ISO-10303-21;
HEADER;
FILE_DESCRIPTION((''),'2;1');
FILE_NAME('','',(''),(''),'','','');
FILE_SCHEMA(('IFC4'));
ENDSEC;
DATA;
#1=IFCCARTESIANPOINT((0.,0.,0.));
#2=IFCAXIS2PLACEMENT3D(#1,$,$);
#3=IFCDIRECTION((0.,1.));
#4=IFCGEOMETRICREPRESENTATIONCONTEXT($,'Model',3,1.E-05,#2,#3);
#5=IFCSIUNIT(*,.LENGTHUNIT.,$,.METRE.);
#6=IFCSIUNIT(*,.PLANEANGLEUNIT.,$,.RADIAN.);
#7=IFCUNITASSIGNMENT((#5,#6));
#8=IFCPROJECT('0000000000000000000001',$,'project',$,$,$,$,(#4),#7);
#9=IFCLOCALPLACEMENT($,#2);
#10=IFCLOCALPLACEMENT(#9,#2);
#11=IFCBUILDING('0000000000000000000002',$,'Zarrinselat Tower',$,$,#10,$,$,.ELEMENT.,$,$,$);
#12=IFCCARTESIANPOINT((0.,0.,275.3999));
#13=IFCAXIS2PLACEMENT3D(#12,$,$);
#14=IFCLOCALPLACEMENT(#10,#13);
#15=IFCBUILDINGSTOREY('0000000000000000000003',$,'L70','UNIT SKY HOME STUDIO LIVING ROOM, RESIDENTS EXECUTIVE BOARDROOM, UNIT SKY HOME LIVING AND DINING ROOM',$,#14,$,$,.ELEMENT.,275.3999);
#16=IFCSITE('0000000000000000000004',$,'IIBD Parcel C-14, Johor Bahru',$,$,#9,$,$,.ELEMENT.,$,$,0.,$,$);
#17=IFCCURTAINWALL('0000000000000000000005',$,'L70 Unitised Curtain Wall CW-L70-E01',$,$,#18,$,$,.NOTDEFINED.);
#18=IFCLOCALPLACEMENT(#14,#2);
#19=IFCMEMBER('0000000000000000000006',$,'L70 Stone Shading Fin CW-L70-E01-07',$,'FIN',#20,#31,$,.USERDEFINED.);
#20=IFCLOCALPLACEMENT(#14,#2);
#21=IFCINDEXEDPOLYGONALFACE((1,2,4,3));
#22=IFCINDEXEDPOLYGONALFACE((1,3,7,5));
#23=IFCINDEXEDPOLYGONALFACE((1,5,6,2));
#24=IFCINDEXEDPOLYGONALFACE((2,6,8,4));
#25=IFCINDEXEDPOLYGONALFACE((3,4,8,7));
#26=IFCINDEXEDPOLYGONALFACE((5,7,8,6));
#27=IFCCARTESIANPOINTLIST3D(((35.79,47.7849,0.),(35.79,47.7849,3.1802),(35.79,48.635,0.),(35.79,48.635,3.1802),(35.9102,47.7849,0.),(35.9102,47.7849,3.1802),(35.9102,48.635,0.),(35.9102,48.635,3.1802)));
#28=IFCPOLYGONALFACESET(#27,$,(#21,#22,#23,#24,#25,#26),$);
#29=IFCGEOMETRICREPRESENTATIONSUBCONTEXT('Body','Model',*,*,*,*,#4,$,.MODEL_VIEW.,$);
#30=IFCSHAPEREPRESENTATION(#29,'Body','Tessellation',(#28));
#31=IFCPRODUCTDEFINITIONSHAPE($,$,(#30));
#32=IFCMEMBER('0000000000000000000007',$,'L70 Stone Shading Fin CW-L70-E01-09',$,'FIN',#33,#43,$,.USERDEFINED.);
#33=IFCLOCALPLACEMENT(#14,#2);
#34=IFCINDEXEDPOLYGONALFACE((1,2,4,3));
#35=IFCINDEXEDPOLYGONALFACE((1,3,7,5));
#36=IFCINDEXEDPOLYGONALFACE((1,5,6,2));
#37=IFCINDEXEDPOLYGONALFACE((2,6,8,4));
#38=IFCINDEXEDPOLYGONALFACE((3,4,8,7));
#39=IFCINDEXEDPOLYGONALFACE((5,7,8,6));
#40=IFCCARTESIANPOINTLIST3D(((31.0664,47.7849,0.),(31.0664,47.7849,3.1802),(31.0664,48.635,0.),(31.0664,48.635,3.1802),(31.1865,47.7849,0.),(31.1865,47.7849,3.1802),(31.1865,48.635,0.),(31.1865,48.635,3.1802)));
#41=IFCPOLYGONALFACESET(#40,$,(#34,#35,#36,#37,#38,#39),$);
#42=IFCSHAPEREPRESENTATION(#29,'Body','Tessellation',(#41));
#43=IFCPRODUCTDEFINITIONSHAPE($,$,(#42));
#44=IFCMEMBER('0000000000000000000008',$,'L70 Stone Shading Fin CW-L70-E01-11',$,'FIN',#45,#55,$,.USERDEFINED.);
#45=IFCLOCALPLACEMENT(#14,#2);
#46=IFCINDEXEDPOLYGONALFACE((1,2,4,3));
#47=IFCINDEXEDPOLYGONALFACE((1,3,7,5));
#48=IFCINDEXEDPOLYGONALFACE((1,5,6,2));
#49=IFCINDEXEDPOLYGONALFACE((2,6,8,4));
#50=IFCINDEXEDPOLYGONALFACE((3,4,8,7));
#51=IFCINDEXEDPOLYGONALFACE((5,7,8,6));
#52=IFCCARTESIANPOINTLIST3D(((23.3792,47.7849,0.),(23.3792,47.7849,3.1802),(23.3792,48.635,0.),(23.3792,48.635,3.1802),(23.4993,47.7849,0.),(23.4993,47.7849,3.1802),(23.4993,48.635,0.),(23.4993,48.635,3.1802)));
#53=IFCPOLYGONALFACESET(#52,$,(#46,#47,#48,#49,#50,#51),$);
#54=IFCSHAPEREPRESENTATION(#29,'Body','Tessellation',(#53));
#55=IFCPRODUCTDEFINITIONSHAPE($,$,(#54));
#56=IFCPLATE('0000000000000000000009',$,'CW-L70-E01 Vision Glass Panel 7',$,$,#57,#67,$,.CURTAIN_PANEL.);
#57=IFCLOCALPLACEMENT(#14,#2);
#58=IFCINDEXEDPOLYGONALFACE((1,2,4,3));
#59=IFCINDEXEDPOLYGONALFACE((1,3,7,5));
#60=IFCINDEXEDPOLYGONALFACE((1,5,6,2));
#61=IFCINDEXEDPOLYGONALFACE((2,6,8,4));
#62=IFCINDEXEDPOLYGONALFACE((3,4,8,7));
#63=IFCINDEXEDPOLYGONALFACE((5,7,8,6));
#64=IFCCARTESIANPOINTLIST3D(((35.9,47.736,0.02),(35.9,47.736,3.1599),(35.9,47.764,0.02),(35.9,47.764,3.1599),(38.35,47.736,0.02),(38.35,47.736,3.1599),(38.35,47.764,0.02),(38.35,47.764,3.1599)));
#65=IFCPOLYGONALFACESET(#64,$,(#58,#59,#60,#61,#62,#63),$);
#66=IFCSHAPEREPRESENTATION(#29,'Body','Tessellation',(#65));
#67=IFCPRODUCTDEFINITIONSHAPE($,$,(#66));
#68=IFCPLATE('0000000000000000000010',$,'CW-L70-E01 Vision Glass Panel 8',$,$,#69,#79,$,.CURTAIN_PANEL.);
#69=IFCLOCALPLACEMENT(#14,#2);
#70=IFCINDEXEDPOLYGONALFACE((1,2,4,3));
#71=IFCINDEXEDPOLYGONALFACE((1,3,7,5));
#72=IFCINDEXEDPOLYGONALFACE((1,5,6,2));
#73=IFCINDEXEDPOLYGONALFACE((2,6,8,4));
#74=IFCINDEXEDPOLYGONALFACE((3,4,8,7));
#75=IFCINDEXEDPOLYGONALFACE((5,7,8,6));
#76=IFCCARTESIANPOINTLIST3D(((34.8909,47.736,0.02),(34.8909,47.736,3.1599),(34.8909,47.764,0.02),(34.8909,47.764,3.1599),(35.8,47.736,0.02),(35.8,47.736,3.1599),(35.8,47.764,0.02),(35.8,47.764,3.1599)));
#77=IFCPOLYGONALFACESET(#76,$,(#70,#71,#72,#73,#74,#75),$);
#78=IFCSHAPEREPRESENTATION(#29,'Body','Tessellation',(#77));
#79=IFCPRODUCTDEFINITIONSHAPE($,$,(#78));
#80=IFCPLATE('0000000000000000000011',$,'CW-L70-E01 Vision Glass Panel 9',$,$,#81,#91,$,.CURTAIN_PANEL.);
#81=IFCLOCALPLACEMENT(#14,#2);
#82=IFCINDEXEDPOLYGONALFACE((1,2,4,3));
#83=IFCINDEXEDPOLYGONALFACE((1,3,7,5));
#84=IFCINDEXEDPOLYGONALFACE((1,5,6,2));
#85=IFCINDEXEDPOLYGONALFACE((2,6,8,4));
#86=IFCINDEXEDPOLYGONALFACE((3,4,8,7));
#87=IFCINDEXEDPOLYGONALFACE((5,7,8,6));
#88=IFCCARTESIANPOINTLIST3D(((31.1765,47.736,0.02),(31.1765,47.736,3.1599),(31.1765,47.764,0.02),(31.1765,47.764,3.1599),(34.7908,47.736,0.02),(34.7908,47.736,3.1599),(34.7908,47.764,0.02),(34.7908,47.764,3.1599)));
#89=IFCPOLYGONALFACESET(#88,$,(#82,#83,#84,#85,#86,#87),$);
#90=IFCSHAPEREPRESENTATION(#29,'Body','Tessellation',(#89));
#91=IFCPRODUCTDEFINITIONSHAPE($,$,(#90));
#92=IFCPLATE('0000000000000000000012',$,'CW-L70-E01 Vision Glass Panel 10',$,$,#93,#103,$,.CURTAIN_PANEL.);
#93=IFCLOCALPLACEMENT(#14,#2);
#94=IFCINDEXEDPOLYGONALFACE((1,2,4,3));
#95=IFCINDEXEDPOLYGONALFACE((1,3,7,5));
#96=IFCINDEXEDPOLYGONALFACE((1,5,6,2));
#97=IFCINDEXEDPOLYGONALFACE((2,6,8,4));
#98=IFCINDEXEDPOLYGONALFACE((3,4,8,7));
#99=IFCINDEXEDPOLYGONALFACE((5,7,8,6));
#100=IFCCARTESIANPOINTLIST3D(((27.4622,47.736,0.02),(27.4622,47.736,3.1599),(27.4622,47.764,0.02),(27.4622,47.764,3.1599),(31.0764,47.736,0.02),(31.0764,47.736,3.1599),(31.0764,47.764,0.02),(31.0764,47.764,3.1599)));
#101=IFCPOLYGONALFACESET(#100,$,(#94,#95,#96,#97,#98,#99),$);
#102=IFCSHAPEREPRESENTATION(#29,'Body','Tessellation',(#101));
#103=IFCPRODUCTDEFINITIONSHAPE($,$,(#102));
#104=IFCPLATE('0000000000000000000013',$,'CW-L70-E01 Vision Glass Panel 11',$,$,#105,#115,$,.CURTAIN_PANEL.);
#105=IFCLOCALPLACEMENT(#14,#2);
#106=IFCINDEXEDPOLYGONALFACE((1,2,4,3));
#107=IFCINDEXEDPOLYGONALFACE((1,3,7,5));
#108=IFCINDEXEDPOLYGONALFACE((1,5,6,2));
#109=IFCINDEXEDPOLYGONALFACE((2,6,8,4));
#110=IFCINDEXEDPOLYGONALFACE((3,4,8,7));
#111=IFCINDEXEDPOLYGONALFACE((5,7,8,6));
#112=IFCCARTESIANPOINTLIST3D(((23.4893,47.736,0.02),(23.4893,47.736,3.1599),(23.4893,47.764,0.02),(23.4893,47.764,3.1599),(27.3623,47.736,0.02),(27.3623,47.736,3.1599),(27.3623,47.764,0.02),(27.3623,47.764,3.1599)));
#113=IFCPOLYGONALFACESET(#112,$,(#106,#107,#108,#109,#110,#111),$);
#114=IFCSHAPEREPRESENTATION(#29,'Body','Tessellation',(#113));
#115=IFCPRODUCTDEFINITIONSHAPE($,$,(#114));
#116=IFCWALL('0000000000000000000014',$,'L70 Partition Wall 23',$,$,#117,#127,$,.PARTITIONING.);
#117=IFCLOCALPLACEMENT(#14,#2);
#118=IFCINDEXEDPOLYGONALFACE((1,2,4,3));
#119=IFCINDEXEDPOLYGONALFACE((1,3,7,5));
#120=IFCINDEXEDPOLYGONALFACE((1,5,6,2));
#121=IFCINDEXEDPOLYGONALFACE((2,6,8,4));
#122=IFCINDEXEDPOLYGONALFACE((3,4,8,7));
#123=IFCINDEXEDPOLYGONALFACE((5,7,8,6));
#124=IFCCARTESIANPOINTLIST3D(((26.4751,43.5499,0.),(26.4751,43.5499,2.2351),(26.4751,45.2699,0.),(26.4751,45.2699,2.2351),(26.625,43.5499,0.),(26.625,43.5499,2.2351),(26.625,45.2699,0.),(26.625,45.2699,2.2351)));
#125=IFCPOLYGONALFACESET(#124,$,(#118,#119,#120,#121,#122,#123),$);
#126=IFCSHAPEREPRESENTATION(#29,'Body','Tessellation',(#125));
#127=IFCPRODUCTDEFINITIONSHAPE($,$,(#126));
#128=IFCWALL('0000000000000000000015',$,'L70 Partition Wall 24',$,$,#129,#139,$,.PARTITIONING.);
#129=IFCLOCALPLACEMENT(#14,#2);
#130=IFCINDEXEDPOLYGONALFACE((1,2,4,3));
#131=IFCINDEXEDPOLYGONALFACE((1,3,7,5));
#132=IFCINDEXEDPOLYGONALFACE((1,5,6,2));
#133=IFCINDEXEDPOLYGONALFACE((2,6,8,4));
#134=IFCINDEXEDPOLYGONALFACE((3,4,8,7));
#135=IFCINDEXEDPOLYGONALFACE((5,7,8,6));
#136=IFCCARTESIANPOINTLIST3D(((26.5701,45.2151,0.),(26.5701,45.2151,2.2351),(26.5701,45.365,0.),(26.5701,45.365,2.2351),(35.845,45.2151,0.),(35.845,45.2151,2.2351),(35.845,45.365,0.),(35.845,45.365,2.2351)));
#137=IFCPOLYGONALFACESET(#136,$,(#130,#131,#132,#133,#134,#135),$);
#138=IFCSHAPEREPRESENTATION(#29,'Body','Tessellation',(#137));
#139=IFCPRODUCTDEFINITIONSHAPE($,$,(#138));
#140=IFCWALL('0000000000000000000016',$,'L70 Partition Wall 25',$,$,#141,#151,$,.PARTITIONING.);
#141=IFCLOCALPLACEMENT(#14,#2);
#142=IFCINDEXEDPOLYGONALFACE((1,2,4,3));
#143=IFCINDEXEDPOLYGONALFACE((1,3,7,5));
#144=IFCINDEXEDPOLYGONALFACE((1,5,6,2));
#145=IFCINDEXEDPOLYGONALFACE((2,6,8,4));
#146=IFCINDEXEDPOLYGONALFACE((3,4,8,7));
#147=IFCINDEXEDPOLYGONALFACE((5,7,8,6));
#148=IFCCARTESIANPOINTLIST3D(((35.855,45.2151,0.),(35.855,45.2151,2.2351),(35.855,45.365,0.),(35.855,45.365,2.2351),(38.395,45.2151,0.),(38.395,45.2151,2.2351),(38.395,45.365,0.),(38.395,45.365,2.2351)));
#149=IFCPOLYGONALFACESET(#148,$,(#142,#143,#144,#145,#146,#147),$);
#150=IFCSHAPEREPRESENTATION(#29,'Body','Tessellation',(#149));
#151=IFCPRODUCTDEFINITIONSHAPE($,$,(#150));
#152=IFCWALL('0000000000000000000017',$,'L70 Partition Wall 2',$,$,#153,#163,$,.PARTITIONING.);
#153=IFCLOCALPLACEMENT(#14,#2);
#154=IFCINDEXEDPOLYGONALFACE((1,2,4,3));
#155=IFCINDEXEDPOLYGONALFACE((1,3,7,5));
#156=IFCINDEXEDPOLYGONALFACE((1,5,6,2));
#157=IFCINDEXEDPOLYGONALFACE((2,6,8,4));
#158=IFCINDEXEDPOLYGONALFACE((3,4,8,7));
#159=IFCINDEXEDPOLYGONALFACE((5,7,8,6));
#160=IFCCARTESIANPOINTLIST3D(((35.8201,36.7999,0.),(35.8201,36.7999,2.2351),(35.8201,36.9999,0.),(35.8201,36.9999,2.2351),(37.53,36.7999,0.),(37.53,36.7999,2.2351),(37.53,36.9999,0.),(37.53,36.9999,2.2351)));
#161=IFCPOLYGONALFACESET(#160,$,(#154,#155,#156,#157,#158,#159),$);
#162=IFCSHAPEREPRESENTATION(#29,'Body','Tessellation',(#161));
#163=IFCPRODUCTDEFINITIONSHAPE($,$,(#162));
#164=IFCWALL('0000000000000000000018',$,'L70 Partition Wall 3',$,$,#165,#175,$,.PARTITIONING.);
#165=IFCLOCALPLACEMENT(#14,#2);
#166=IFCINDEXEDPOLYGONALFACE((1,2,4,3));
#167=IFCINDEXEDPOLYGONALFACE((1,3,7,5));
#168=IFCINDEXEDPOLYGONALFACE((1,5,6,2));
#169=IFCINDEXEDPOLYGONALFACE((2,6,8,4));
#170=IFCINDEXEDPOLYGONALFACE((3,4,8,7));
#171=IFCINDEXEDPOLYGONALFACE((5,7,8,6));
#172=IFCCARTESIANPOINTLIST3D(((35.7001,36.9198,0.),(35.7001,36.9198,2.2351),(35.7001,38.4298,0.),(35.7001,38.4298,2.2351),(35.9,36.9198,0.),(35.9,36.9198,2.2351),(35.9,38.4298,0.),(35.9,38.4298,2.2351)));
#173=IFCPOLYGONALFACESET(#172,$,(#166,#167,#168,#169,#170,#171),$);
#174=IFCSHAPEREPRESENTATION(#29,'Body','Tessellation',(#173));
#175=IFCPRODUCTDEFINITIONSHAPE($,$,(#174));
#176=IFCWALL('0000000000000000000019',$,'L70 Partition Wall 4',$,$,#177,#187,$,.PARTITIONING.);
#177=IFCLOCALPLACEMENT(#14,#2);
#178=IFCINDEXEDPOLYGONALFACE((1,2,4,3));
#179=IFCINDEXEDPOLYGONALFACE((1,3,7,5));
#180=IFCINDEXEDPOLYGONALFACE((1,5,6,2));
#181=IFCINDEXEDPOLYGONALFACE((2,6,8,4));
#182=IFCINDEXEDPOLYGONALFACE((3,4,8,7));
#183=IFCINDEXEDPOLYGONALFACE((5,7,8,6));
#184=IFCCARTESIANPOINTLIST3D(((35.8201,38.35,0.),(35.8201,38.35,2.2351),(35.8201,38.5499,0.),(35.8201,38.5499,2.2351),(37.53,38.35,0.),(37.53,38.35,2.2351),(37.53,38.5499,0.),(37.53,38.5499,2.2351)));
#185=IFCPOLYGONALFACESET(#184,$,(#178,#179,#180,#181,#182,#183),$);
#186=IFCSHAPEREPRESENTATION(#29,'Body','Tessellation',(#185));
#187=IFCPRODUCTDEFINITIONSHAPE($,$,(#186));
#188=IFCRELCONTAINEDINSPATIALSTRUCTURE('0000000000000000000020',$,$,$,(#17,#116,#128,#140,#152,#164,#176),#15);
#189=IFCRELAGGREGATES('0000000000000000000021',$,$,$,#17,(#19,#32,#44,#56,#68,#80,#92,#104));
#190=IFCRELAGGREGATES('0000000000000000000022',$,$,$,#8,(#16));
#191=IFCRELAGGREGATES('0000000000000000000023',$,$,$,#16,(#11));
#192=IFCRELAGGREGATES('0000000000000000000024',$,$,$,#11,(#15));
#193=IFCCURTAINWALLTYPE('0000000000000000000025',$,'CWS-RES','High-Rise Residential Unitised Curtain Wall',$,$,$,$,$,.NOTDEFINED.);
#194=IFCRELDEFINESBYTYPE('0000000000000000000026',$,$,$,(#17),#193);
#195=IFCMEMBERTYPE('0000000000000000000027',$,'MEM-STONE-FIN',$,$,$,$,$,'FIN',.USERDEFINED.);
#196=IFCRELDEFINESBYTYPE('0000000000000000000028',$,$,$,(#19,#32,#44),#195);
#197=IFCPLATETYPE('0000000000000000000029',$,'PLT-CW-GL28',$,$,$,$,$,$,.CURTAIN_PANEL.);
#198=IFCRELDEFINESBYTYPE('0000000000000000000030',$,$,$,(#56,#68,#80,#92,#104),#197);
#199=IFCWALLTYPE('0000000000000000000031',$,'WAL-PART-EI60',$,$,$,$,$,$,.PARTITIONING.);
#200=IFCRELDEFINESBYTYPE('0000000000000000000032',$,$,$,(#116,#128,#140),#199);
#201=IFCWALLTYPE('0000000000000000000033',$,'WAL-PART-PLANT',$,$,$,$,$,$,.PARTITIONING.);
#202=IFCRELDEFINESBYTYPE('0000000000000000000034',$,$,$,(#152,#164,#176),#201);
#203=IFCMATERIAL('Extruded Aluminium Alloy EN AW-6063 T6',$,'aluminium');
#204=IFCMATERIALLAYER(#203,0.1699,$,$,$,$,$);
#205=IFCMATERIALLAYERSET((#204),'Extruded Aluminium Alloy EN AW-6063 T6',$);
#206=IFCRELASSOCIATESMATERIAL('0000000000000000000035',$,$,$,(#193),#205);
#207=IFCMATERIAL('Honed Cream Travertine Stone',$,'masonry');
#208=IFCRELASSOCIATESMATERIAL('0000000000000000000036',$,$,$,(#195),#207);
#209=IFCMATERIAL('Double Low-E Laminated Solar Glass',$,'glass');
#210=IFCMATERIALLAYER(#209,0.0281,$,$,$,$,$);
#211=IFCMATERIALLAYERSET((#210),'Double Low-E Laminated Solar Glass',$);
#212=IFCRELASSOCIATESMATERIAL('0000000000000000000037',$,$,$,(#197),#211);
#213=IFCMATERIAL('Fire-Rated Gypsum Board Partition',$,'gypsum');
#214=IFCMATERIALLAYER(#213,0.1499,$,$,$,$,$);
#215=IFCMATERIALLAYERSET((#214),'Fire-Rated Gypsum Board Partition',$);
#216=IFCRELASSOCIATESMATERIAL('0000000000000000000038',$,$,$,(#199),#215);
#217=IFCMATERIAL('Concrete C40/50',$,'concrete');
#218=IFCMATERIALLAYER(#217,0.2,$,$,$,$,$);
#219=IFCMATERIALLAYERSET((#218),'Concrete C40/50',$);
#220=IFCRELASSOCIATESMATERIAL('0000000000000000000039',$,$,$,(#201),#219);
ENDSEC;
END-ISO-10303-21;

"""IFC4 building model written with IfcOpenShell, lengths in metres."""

from ifc_helpers import new_model, si_unit, direction, frame, frame_2d, origin, origin_2d, place, context, subcontext, project, spatial, rectangle, extrude, material, layer, layer_set, material_profile, profile_set, type_object, element, aggregate, save


model = new_model("IFC4")

# Units and contexts
model_context = context("Model", 3, precision=1e-05, world=origin(), true_north=direction((0.0, 1.0)))
body_context = subcontext(model_context, "Body", "Model", "MODEL_VIEW")
ifc_project = project(units=[si_unit("LENGTHUNIT", "METRE"), si_unit("PLANEANGLEUNIT", "RADIAN")], contexts=[model_context])

# Site, building, storey
site_placement = place(None, origin())
site = spatial("IfcSite", under=ifc_project, at=site_placement, Name="IIBD Parcel C-14, Johor Bahru", CompositionType="ELEMENT", RefElevation=0.0)
building_placement = place(site_placement, origin())
building = spatial("IfcBuilding", under=site, at=building_placement, Name="Zarrinselat Tower", CompositionType="ELEMENT")
storey_placement = place(building_placement, frame((0.0, 0.0, 275.3999)))
storey = spatial("IfcBuildingStorey", under=building, at=storey_placement, Name="L70", Description="UNIT SKY HOME STUDIO LIVING ROOM, RESIDENTS EXECUTIVE BOARDROOM, UNIT SKY HOME LIVING AND DINING ROOM", CompositionType="ELEMENT", Elevation=275.3999)

# Curtain wall, members, plates
ifc_material_1 = material(Name="Extruded Aluminium Alloy EN AW-6063 T6", Category="aluminium")
ifc_layer_1 = layer(ifc_material_1, 0.1699)
ifc_layer_set_1 = layer_set([ifc_layer_1], Name="Extruded Aluminium Alloy EN AW-6063 T6")
curtain_wall_type = type_object("IfcCurtainWallType", Name="CWS-RES", Description="High-Rise Residential Unitised Curtain Wall", PredefinedType="NOTDEFINED", material=ifc_layer_set_1)
curtain_wall_placement = place(storey_placement, origin())
curtain_wall = element("IfcCurtainWall", 1, at=curtain_wall_placement, inside=storey, type_object=curtain_wall_type, Name="L70 Unitised Curtain Wall CW-L70-E01", PredefinedType="NOTDEFINED")
ifc_material_2 = material(Name="Honed Cream Travertine Stone", Category="masonry")
ifc_material_profile_1 = material_profile(ifc_material_2, rectangle(XDim=0.1201, YDim=0.8501, at=origin_2d()), Name="FIN 850x120")
ifc_profile_set_1 = profile_set([ifc_material_profile_1], Name="Honed Cream Travertine Stone")
member_type_1 = type_object("IfcMemberType", Name="MEM-STONE-FIN", ElementType="FIN", PredefinedType="USERDEFINED", material=ifc_profile_set_1)
member_1_placement = place(storey_placement, frame((35.8501, 48.21, 0.0), z_axis=(0.0, 0.0, 1.0), x_axis=(1.0, 0.0, 0.0)))
member_1 = element("IfcMember", 2, at=member_1_placement, type_object=member_type_1, Name="L70 Stone Shading Fin CW-L70-E01-07", ObjectType="FIN", PredefinedType="USERDEFINED", context=body_context, shape_type="SweptSolid", body=[
    extrude(rectangle(XDim=0.1201, YDim=0.8501, at=origin_2d()), origin(), (0.0, 0.0, 1.0), 3.1802),
])
member_2_placement = place(storey_placement, frame((31.1265, 48.21, 0.0), z_axis=(0.0, 0.0, 1.0), x_axis=(1.0, 0.0, 0.0)))
member_2 = element("IfcMember", 3, at=member_2_placement, type_object=member_type_1, Name="L70 Stone Shading Fin CW-L70-E01-09", ObjectType="FIN", PredefinedType="USERDEFINED", context=body_context, shape_type="SweptSolid", body=[
    extrude(rectangle(XDim=0.1201, YDim=0.8501, at=origin_2d()), origin(), (0.0, 0.0, 1.0), 3.1802),
])
member_3_placement = place(storey_placement, frame((23.4392, 48.21, 0.0), z_axis=(0.0, 0.0, 1.0), x_axis=(1.0, 0.0, 0.0)))
member_3 = element("IfcMember", 4, at=member_3_placement, type_object=member_type_1, Name="L70 Stone Shading Fin CW-L70-E01-11", ObjectType="FIN", PredefinedType="USERDEFINED", context=body_context, shape_type="SweptSolid", body=[
    extrude(rectangle(XDim=0.1201, YDim=0.8501, at=origin_2d()), origin(), (0.0, 0.0, 1.0), 3.1802),
])
ifc_material_3 = material(Name="Double Low-E Laminated Solar Glass", Category="glass")
ifc_layer_2 = layer(ifc_material_3, 0.0281)
ifc_layer_set_2 = layer_set([ifc_layer_2], Name="Double Low-E Laminated Solar Glass")
plate_type = type_object("IfcPlateType", Name="PLT-CW-GL28", PredefinedType="CURTAIN_PANEL", material=ifc_layer_set_2)
plate_1_placement = place(storey_placement, frame((37.125, 47.75, 0.02), z_axis=(0.0, 0.0, 1.0), x_axis=(-1.0, 0.0, 0.0)))
plate_1 = element("IfcPlate", 5, at=plate_1_placement, type_object=plate_type, Name="CW-L70-E01 Vision Glass Panel 7", PredefinedType="CURTAIN_PANEL", context=body_context, shape_type="SweptSolid", body=[
    extrude(rectangle(XDim=2.45, YDim=0.0281, at=origin_2d()), origin(), (0.0, 0.0, 1.0), 3.1399),
])
plate_2_placement = place(storey_placement, frame((35.3455, 47.75, 0.02), z_axis=(0.0, 0.0, 1.0), x_axis=(-1.0, 0.0, 0.0)))
plate_2 = element("IfcPlate", 6, at=plate_2_placement, type_object=plate_type, Name="CW-L70-E01 Vision Glass Panel 8", PredefinedType="CURTAIN_PANEL", context=body_context, shape_type="SweptSolid", body=[
    extrude(rectangle(XDim=0.9092, YDim=0.0281, at=origin_2d()), origin(), (0.0, 0.0, 1.0), 3.1399),
])
plate_3_placement = place(storey_placement, frame((32.9836, 47.75, 0.02), z_axis=(0.0, 0.0, 1.0), x_axis=(-1.0, 0.0, 0.0)))
plate_3 = element("IfcPlate", 7, at=plate_3_placement, type_object=plate_type, Name="CW-L70-E01 Vision Glass Panel 9", PredefinedType="CURTAIN_PANEL", context=body_context, shape_type="SweptSolid", body=[
    extrude(rectangle(XDim=3.6143, YDim=0.0281, at=origin_2d()), origin(), (0.0, 0.0, 1.0), 3.1399),
])
plate_4_placement = place(storey_placement, frame((29.2693, 47.75, 0.02), z_axis=(0.0, 0.0, 1.0), x_axis=(-1.0, 0.0, 0.0)))
plate_4 = element("IfcPlate", 8, at=plate_4_placement, type_object=plate_type, Name="CW-L70-E01 Vision Glass Panel 10", PredefinedType="CURTAIN_PANEL", context=body_context, shape_type="SweptSolid", body=[
    extrude(rectangle(XDim=3.6143, YDim=0.0281, at=origin_2d()), origin(), (0.0, 0.0, 1.0), 3.1399),
])
plate_5_placement = place(storey_placement, frame((25.4258, 47.75, 0.02), z_axis=(0.0, 0.0, 1.0), x_axis=(-1.0, 0.0, 0.0)))
plate_5 = element("IfcPlate", 9, at=plate_5_placement, type_object=plate_type, Name="CW-L70-E01 Vision Glass Panel 11", PredefinedType="CURTAIN_PANEL", context=body_context, shape_type="SweptSolid", body=[
    extrude(rectangle(XDim=3.873, YDim=0.0281, at=origin_2d()), origin(), (0.0, 0.0, 1.0), 3.1399),
])
aggregate(curtain_wall, [member_1, member_2, member_3, plate_1, plate_2, plate_3, plate_4, plate_5])

# Walls
ifc_material_4 = material(Name="Fire-Rated Gypsum Board Partition", Category="gypsum")
ifc_layer_3 = layer(ifc_material_4, 0.1499)
ifc_layer_set_3 = layer_set([ifc_layer_3], Name="Fire-Rated Gypsum Board Partition")
wall_type_1 = type_object("IfcWallType", Name="WAL-PART-EI60", PredefinedType="PARTITIONING", material=ifc_layer_set_3)
wall_1_placement = place(storey_placement, frame((26.55, 43.55, 0.0), z_axis=(0.0, 0.0, 1.0), x_axis=(0.0, 1.0, 0.0)))
element("IfcWall", 10, at=wall_1_placement, inside=storey, type_object=wall_type_1, Name="L70 Partition Wall 23", PredefinedType="PARTITIONING", context=body_context, shape_type="SweptSolid", body=[
    extrude(rectangle(XDim=1.72, YDim=0.1499, at=frame_2d((0.8599, 0.0))), origin(), (0.0, 0.0, 1.0), 2.2351),
])
wall_2_placement = place(storey_placement, frame((26.5701, 45.29, 0.0), z_axis=(0.0, 0.0, 1.0), x_axis=(1.0, 0.0, 0.0)))
element("IfcWall", 11, at=wall_2_placement, inside=storey, type_object=wall_type_1, Name="L70 Partition Wall 24", PredefinedType="PARTITIONING", context=body_context, shape_type="SweptSolid", body=[
    extrude(rectangle(XDim=9.2749, YDim=0.1499, at=frame_2d((4.6375, 0.0))), origin(), (0.0, 0.0, 1.0), 2.2351),
])
wall_3_placement = place(storey_placement, frame((35.855, 45.29, 0.0), z_axis=(0.0, 0.0, 1.0), x_axis=(1.0, 0.0, 0.0)))
element("IfcWall", 12, at=wall_3_placement, inside=storey, type_object=wall_type_1, Name="L70 Partition Wall 25", PredefinedType="PARTITIONING", context=body_context, shape_type="SweptSolid", body=[
    extrude(rectangle(XDim=2.54, YDim=0.1499, at=frame_2d((1.27, 0.0))), origin(), (0.0, 0.0, 1.0), 2.2351),
])
ifc_material_5 = material(Name="Concrete C40/50", Category="concrete")
ifc_layer_4 = layer(ifc_material_5, 0.2)
ifc_layer_set_4 = layer_set([ifc_layer_4], Name="Concrete C40/50")
wall_type_2 = type_object("IfcWallType", Name="WAL-PART-PLANT", PredefinedType="PARTITIONING", material=ifc_layer_set_4)
wall_4_placement = place(storey_placement, frame((35.8201, 36.8999, 0.0), z_axis=(0.0, 0.0, 1.0), x_axis=(1.0, 0.0, 0.0)))
element("IfcWall", 13, at=wall_4_placement, inside=storey, type_object=wall_type_2, Name="L70 Partition Wall 2", PredefinedType="PARTITIONING", context=body_context, shape_type="SweptSolid", body=[
    extrude(rectangle(XDim=1.71, YDim=0.2, at=frame_2d((0.855, 0.0))), origin(), (0.0, 0.0, 1.0), 2.2351),
])
wall_5_placement = place(storey_placement, frame((35.8, 36.9199, 0.0), z_axis=(0.0, 0.0, 1.0), x_axis=(0.0, 1.0, 0.0)))
element("IfcWall", 14, at=wall_5_placement, inside=storey, type_object=wall_type_2, Name="L70 Partition Wall 3", PredefinedType="PARTITIONING", context=body_context, shape_type="SweptSolid", body=[
    extrude(rectangle(XDim=1.51, YDim=0.2, at=frame_2d((0.7549, 0.0))), origin(), (0.0, 0.0, 1.0), 2.2351),
])
wall_6_placement = place(storey_placement, frame((35.8201, 38.45, 0.0), z_axis=(0.0, 0.0, 1.0), x_axis=(1.0, 0.0, 0.0)))
element("IfcWall", 15, at=wall_6_placement, inside=storey, type_object=wall_type_2, Name="L70 Partition Wall 4", PredefinedType="PARTITIONING", context=body_context, shape_type="SweptSolid", body=[
    extrude(rectangle(XDim=1.71, YDim=0.2, at=frame_2d((0.855, 0.0))), origin(), (0.0, 0.0, 1.0), 2.2351),
])

save(model, "model.ifc")
